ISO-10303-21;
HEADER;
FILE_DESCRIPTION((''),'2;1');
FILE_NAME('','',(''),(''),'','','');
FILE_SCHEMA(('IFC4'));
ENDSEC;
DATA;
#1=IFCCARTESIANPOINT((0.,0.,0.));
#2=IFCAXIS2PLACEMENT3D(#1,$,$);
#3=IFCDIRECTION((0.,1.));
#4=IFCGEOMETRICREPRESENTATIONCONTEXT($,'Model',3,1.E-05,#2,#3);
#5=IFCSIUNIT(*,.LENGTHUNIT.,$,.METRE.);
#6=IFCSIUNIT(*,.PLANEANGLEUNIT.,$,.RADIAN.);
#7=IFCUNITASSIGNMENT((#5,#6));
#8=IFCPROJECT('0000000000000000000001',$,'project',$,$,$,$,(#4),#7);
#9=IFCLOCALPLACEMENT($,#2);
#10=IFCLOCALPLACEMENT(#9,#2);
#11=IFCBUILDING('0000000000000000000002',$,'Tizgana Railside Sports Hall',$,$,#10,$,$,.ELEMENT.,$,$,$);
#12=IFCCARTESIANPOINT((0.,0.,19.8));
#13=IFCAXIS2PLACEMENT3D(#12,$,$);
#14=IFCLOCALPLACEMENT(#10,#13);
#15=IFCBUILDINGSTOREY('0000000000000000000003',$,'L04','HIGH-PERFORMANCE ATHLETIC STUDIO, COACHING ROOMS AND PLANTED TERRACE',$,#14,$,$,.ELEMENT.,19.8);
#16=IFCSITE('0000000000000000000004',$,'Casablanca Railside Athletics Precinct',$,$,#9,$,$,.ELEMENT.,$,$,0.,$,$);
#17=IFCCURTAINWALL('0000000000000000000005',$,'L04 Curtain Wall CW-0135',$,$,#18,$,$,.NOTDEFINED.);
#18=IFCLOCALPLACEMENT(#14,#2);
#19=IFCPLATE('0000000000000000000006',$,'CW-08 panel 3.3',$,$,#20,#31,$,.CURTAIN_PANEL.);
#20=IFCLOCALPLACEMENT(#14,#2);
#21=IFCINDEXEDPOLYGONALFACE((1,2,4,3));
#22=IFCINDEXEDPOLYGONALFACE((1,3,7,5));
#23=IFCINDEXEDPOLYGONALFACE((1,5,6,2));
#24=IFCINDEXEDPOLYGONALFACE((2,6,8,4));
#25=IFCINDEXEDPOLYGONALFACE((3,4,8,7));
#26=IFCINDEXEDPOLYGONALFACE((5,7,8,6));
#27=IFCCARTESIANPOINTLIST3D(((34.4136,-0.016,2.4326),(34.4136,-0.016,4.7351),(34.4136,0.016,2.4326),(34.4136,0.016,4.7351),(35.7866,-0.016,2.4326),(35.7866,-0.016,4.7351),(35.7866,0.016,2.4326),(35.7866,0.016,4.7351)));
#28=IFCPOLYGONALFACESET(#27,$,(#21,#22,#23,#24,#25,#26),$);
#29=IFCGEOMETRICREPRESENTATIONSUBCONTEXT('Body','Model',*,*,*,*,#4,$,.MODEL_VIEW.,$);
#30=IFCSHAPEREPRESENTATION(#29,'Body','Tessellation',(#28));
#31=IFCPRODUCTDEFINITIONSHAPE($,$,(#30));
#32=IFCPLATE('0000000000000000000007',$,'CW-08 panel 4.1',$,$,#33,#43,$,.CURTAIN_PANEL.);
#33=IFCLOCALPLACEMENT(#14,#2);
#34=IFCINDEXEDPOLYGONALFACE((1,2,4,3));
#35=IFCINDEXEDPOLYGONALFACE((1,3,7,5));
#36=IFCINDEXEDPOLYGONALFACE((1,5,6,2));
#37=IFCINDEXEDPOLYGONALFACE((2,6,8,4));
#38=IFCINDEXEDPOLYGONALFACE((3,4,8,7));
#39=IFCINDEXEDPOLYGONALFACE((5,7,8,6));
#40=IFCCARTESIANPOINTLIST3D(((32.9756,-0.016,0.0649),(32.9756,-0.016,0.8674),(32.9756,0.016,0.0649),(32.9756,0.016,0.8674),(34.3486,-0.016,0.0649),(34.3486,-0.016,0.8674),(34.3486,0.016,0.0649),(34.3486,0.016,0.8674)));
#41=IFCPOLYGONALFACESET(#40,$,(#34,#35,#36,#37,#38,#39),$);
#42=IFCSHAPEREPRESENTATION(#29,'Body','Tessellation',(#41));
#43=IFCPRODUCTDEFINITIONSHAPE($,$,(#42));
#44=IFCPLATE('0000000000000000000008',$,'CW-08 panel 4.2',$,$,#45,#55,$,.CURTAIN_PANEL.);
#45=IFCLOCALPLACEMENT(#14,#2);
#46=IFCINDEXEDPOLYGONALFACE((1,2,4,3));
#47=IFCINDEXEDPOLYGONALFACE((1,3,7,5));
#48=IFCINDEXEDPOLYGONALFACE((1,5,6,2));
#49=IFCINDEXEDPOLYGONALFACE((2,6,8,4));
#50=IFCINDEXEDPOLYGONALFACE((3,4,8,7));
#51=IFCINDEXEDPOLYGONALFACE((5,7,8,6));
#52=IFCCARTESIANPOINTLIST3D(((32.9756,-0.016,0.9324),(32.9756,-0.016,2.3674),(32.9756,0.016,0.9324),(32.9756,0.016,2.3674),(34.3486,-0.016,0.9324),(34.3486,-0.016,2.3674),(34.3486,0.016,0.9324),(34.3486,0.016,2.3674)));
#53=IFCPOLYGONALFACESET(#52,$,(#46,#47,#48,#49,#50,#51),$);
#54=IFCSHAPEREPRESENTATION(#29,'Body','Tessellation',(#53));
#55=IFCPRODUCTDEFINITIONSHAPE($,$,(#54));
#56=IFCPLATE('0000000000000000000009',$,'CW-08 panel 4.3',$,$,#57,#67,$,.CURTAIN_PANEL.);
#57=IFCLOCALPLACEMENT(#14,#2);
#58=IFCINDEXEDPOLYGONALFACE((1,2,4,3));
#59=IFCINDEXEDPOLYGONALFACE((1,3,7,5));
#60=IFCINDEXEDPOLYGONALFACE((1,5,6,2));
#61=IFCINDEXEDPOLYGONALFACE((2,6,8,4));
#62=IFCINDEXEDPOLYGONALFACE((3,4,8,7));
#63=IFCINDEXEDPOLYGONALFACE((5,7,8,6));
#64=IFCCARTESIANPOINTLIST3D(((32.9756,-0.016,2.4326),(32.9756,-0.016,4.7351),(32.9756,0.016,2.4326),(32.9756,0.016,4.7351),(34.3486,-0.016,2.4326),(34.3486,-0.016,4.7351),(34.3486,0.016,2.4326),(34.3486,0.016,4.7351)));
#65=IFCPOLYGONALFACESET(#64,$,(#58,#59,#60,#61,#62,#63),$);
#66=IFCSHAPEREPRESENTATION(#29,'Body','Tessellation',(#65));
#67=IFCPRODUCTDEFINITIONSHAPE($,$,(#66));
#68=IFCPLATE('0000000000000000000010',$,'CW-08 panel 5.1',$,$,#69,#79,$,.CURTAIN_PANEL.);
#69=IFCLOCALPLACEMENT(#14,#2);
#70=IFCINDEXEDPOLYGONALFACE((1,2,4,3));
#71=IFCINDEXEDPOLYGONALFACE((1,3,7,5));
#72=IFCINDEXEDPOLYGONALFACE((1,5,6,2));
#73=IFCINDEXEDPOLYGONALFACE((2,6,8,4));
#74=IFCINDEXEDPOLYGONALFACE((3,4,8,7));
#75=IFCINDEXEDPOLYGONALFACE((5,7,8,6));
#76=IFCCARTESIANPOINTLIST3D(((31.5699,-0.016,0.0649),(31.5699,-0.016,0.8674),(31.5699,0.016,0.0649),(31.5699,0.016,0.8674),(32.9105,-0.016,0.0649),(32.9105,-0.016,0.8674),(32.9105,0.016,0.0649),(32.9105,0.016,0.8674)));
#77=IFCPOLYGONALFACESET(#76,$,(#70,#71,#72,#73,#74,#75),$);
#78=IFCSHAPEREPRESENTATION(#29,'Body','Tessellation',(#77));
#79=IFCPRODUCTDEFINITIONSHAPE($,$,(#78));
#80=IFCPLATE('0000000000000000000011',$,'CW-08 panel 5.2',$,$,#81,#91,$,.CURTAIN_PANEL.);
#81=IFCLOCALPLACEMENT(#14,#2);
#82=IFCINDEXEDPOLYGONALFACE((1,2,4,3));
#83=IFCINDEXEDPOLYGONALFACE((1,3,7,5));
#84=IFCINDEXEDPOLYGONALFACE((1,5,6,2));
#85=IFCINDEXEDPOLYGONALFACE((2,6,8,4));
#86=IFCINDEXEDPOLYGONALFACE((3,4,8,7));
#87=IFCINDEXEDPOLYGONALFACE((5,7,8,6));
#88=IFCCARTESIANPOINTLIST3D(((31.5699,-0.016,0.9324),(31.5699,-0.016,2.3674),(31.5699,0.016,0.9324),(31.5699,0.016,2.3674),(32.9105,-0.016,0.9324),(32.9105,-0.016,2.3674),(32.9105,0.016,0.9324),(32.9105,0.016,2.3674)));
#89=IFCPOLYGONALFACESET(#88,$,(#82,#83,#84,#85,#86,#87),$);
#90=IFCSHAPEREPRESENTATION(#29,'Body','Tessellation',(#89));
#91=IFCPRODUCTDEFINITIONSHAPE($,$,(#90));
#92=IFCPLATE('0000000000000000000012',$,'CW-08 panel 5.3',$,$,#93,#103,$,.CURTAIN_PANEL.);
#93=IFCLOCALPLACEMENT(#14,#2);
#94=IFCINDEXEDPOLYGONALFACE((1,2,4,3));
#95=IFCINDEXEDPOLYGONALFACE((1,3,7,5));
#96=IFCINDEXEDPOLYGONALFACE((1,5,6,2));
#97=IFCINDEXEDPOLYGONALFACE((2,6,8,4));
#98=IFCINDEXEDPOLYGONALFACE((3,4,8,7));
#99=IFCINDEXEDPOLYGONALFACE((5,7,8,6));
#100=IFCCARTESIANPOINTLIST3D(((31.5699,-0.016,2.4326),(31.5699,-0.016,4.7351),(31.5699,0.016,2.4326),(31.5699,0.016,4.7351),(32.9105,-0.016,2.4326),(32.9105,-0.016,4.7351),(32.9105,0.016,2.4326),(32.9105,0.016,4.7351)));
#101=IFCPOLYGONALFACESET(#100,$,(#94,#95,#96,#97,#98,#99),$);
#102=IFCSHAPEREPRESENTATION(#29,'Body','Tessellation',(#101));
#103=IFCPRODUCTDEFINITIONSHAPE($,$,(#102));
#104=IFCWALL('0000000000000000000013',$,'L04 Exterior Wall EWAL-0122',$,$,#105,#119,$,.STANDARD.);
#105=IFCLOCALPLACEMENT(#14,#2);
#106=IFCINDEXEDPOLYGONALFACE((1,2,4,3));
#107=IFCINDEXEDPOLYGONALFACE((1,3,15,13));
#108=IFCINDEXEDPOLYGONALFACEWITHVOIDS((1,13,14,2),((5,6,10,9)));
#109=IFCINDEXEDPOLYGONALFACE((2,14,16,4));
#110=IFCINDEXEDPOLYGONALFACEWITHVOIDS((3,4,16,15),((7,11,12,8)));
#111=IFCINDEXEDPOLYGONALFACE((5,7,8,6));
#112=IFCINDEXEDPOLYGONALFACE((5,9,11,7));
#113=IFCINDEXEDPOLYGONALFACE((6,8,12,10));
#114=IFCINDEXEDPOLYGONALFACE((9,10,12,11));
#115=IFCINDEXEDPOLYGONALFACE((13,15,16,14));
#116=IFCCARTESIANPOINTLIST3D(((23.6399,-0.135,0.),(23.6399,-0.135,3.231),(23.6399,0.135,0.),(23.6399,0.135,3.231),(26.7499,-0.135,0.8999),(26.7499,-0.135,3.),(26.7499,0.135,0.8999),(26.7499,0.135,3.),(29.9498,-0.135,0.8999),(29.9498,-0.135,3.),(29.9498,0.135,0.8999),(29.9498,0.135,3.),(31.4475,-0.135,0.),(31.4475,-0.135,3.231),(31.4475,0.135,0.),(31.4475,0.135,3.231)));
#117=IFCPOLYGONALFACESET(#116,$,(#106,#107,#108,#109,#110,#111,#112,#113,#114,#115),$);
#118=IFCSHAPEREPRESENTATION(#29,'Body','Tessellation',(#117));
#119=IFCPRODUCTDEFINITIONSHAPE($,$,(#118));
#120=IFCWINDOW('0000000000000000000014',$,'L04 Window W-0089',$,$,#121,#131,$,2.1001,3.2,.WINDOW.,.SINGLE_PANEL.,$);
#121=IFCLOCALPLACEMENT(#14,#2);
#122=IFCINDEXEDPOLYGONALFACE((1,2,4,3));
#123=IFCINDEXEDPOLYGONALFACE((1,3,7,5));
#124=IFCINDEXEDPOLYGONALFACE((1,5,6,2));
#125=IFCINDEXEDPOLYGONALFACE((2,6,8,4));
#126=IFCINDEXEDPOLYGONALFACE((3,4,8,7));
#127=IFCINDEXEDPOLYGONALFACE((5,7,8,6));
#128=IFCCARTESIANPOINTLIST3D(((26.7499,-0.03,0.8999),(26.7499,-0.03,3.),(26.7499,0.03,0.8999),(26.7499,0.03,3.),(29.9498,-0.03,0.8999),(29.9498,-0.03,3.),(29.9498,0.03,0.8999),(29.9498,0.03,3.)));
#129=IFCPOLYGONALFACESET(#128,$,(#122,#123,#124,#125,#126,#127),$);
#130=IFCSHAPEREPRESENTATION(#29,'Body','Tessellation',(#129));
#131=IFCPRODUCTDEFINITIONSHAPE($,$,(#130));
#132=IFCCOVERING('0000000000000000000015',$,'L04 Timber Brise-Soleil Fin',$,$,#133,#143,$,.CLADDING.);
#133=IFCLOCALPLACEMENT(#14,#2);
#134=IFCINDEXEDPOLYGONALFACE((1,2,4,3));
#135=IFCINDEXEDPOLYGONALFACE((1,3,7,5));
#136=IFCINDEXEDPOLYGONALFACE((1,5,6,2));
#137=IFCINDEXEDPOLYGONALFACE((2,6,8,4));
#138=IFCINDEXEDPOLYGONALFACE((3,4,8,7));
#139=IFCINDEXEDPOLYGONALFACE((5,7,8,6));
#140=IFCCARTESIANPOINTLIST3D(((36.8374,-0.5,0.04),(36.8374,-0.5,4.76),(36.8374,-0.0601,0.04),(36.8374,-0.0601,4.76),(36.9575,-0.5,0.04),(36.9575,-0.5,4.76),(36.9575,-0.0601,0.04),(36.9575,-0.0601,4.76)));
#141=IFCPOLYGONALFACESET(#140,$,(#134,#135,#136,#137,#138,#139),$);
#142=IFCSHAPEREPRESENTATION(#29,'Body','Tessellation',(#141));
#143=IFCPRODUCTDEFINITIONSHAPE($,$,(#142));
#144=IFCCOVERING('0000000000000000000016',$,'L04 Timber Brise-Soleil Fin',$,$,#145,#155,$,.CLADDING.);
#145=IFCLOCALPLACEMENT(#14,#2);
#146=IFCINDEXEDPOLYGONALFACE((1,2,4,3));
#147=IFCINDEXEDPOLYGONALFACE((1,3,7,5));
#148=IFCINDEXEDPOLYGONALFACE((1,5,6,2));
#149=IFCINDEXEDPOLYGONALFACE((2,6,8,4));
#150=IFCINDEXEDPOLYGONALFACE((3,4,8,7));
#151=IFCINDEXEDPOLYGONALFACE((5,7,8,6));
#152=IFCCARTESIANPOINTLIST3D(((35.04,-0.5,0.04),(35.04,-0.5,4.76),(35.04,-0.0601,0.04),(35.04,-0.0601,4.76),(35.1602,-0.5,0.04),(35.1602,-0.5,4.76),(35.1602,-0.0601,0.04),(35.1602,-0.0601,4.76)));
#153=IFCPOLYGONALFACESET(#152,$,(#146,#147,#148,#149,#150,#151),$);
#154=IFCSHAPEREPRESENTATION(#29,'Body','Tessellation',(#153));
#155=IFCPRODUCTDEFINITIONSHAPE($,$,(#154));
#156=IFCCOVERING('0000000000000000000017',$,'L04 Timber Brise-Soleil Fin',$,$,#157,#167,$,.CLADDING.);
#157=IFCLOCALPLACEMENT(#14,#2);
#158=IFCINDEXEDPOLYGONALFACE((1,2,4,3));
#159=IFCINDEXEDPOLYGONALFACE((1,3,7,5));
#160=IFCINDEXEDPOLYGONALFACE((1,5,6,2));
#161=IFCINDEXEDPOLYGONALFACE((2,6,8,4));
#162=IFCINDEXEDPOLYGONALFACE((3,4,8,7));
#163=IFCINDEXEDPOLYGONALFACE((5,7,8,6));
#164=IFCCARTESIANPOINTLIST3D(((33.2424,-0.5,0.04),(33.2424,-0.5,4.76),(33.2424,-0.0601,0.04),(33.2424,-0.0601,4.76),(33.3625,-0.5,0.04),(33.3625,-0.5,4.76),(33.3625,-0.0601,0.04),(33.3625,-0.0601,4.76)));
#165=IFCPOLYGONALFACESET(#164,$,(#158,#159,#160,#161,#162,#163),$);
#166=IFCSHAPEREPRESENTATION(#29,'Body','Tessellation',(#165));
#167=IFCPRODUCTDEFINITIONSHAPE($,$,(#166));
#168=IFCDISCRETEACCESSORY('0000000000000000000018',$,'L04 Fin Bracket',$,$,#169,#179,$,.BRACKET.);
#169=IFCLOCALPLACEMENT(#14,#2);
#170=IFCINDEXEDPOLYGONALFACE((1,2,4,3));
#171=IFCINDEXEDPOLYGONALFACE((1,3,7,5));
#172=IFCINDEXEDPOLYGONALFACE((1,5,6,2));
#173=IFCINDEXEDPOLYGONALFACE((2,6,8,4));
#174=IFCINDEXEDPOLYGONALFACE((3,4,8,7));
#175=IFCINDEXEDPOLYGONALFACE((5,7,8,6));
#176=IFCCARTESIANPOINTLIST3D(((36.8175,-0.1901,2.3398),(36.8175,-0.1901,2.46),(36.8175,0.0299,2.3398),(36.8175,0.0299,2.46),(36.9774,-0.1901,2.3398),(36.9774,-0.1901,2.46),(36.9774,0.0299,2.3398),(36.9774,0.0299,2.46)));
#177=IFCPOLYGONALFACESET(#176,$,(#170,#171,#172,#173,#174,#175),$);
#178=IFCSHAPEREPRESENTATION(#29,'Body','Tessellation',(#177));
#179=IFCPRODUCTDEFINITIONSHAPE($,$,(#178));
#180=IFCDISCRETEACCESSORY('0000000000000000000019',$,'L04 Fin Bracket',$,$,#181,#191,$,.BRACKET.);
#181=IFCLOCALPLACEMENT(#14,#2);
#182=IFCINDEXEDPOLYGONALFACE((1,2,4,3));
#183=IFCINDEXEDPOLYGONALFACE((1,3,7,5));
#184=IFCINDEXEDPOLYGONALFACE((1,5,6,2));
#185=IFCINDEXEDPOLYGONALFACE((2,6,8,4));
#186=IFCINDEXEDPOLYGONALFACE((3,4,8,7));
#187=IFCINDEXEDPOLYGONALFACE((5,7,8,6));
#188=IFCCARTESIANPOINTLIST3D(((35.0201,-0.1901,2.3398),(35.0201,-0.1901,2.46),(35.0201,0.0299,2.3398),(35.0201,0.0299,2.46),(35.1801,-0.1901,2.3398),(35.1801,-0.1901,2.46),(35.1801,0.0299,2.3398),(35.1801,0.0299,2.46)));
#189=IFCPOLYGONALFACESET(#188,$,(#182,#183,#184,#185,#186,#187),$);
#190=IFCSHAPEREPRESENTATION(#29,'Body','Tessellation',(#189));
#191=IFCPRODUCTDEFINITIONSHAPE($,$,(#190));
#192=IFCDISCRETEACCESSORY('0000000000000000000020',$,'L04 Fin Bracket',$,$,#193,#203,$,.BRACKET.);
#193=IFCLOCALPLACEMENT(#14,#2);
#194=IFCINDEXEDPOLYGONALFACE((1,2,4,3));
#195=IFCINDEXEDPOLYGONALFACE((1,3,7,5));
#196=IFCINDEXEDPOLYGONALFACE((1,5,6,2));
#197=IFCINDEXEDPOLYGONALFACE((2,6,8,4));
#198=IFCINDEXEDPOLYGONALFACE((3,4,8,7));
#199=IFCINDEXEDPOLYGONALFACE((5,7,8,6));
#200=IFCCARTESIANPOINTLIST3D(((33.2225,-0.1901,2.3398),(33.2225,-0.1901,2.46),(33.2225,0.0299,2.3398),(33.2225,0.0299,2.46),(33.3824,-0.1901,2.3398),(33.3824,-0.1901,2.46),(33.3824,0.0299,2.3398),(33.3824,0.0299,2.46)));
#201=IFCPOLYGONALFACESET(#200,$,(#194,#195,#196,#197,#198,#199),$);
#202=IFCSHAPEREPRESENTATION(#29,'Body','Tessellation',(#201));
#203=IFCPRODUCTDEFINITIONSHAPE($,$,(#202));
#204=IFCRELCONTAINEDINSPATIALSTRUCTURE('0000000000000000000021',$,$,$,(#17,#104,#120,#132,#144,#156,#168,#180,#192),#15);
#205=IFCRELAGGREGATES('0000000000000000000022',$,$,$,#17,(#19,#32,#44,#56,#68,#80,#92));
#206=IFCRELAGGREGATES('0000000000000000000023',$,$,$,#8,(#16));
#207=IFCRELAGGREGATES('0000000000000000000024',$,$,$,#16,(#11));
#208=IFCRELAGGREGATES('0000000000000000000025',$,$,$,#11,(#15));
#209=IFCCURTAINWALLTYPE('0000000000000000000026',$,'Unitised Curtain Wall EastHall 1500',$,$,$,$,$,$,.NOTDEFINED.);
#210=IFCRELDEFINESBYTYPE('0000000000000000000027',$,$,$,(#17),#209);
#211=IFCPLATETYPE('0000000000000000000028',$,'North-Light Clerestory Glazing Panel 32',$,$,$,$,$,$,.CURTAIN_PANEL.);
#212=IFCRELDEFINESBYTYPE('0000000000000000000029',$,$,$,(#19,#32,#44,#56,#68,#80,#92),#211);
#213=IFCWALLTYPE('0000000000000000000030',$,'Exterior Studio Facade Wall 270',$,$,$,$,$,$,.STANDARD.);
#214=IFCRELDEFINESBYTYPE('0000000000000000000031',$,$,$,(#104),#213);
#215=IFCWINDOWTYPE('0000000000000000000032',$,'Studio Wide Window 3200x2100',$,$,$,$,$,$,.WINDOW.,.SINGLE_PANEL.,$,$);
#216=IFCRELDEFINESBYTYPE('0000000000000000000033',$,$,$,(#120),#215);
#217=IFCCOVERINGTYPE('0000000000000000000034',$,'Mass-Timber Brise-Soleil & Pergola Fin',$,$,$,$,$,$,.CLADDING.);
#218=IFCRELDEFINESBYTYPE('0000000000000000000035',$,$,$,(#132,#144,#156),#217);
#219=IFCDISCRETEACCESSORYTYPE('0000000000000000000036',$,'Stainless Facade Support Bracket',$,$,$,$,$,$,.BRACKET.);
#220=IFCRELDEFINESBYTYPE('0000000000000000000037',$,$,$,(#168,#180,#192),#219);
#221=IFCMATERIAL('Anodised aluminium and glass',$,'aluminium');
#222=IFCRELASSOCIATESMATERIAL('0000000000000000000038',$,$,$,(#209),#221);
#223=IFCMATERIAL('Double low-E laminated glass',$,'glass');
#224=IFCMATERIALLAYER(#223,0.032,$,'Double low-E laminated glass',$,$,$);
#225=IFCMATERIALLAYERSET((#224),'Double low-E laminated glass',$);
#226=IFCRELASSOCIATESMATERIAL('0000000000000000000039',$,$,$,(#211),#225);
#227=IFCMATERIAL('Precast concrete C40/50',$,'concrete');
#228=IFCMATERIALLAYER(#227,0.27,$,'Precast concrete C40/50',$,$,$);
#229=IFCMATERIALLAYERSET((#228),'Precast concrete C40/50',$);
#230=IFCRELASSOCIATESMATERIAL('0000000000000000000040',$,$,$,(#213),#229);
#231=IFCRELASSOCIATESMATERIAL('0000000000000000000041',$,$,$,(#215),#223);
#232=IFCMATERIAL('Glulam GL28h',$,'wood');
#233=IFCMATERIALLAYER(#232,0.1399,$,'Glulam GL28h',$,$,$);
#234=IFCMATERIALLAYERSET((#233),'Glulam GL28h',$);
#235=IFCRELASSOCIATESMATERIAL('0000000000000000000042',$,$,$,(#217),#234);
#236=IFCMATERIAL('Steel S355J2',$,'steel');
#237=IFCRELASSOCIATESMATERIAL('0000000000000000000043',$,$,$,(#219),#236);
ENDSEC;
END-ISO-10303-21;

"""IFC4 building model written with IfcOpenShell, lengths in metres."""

from ifc_helpers import new_model, si_unit, direction, frame, frame_2d, origin, origin_2d, place, context, subcontext, project, spatial, rectangle, extrude, material, layer, layer_set, type_object, element, fill, aggregate, save


model = new_model("IFC4")

# Units and contexts
model_context = context("Model", 3, precision=1e-05, world=origin(), true_north=direction((0.0, 1.0)))
body_context = subcontext(model_context, "Body", "Model", "MODEL_VIEW")
ifc_project = project(units=[si_unit("LENGTHUNIT", "METRE"), si_unit("PLANEANGLEUNIT", "RADIAN")], contexts=[model_context])

# Site, building, storey
site_placement = place(None, origin())
site = spatial("IfcSite", under=ifc_project, at=site_placement, Name="Casablanca Railside Athletics Precinct", CompositionType="ELEMENT", RefElevation=0.0)
building_placement = place(site_placement, origin())
building = spatial("IfcBuilding", under=site, at=building_placement, Name="Tizgana Railside Sports Hall", CompositionType="ELEMENT")
storey_placement = place(building_placement, frame((0.0, 0.0, 19.8)))
storey = spatial("IfcBuildingStorey", under=building, at=storey_placement, Name="L04", Description="HIGH-PERFORMANCE ATHLETIC STUDIO, COACHING ROOMS AND PLANTED TERRACE", CompositionType="ELEMENT", Elevation=19.8)

# Curtain wall
ifc_material_1 = material(Name="Anodised aluminium and glass", Category="aluminium")
curtain_wall_type = type_object("IfcCurtainWallType", Name="Unitised Curtain Wall EastHall 1500", PredefinedType="NOTDEFINED", material=ifc_material_1)
curtain_wall_placement = place(storey_placement, origin())
curtain_wall = element("IfcCurtainWall", 1, at=curtain_wall_placement, inside=storey, type_object=curtain_wall_type, Name="L04 Curtain Wall CW-0135", PredefinedType="NOTDEFINED")

# Shared definitions
ifc_material_2 = material(Name="Steel S355J2", Category="steel")

# Plates
ifc_material_3 = material(Name="Double low-E laminated glass", Category="glass")
ifc_layer_1 = layer(ifc_material_3, 0.032, Name="Double low-E laminated glass")
ifc_layer_set_1 = layer_set([ifc_layer_1], Name="Double low-E laminated glass")
plate_type = type_object("IfcPlateType", Name="North-Light Clerestory Glazing Panel 32", PredefinedType="CURTAIN_PANEL", material=ifc_layer_set_1)
plate_1_placement = place(storey_placement, frame((35.1001, 0.0, 2.4326), z_axis=(0.0, 0.0, 1.0), x_axis=(-1.0, 0.0, 0.0)))
plate_1 = element("IfcPlate", 2, at=plate_1_placement, type_object=plate_type, Name="CW-08 panel 3.3", PredefinedType="CURTAIN_PANEL", context=body_context, shape_type="SweptSolid", body=[
    extrude(rectangle(XDim=1.373, YDim=0.032, at=origin_2d()), origin(), (0.0, 0.0, 1.0), 2.3025),
])
plate_2_placement = place(storey_placement, frame((33.6621, 0.0, 0.0649), z_axis=(0.0, 0.0, 1.0), x_axis=(-1.0, 0.0, 0.0)))
plate_2 = element("IfcPlate", 3, at=plate_2_placement, type_object=plate_type, Name="CW-08 panel 4.1", PredefinedType="CURTAIN_PANEL", context=body_context, shape_type="SweptSolid", body=[
    extrude(rectangle(XDim=1.373, YDim=0.032, at=origin_2d()), origin(), (0.0, 0.0, 1.0), 0.8025),
])
plate_3_placement = place(storey_placement, frame((33.6621, 0.0, 0.9324), z_axis=(0.0, 0.0, 1.0), x_axis=(-1.0, 0.0, 0.0)))
plate_3 = element("IfcPlate", 4, at=plate_3_placement, type_object=plate_type, Name="CW-08 panel 4.2", PredefinedType="CURTAIN_PANEL", context=body_context, shape_type="SweptSolid", body=[
    extrude(rectangle(XDim=1.373, YDim=0.032, at=origin_2d()), origin(), (0.0, 0.0, 1.0), 1.4351),
])
plate_4_placement = place(storey_placement, frame((33.6621, 0.0, 2.4326), z_axis=(0.0, 0.0, 1.0), x_axis=(-1.0, 0.0, 0.0)))
plate_4 = element("IfcPlate", 5, at=plate_4_placement, type_object=plate_type, Name="CW-08 panel 4.3", PredefinedType="CURTAIN_PANEL", context=body_context, shape_type="SweptSolid", body=[
    extrude(rectangle(XDim=1.373, YDim=0.032, at=origin_2d()), origin(), (0.0, 0.0, 1.0), 2.3025),
])
plate_5_placement = place(storey_placement, frame((32.2402, 0.0, 0.0649), z_axis=(0.0, 0.0, 1.0), x_axis=(-1.0, 0.0, 0.0)))
plate_5 = element("IfcPlate", 6, at=plate_5_placement, type_object=plate_type, Name="CW-08 panel 5.1", PredefinedType="CURTAIN_PANEL", context=body_context, shape_type="SweptSolid", body=[
    extrude(rectangle(XDim=1.3406, YDim=0.032, at=origin_2d()), origin(), (0.0, 0.0, 1.0), 0.8025),
])
plate_6_placement = place(storey_placement, frame((32.2402, 0.0, 0.9324), z_axis=(0.0, 0.0, 1.0), x_axis=(-1.0, 0.0, 0.0)))
plate_6 = element("IfcPlate", 7, at=plate_6_placement, type_object=plate_type, Name="CW-08 panel 5.2", PredefinedType="CURTAIN_PANEL", context=body_context, shape_type="SweptSolid", body=[
    extrude(rectangle(XDim=1.3406, YDim=0.032, at=origin_2d()), origin(), (0.0, 0.0, 1.0), 1.4351),
])
plate_7_placement = place(storey_placement, frame((32.2402, 0.0, 2.4326), z_axis=(0.0, 0.0, 1.0), x_axis=(-1.0, 0.0, 0.0)))
plate_7 = element("IfcPlate", 8, at=plate_7_placement, type_object=plate_type, Name="CW-08 panel 5.3", PredefinedType="CURTAIN_PANEL", context=body_context, shape_type="SweptSolid", body=[
    extrude(rectangle(XDim=1.3406, YDim=0.032, at=origin_2d()), origin(), (0.0, 0.0, 1.0), 2.3025),
])
aggregate(curtain_wall, [plate_1, plate_2, plate_3, plate_4, plate_5, plate_6, plate_7])

# Wall, opening, window
ifc_material_4 = material(Name="Precast concrete C40/50", Category="concrete")
ifc_layer_2 = layer(ifc_material_4, 0.27, Name="Precast concrete C40/50")
ifc_layer_set_2 = layer_set([ifc_layer_2], Name="Precast concrete C40/50")
wall_type = type_object("IfcWallType", Name="Exterior Studio Facade Wall 270", PredefinedType="STANDARD", material=ifc_layer_set_2)
wall_placement = place(storey_placement, frame((31.4475, 0.0, 0.0), z_axis=(0.0, 0.0, 1.0), x_axis=(-1.0, 0.0, 0.0)))
wall = element("IfcWall", 9, at=wall_placement, inside=storey, type_object=wall_type, Name="L04 Exterior Wall EWAL-0122", PredefinedType="STANDARD", context=body_context, shape_type="SweptSolid", body=[
    extrude(rectangle(XDim=7.8076, YDim=0.27, at=frame_2d((3.9038, 0.0))), origin(), (0.0, 0.0, 1.0), 3.231),
])
opening_placement = place(wall_placement, frame((1.4976, 0.0, 0.8999)))
opening = element("IfcOpeningElement", 10, at=opening_placement, cuts=wall, PredefinedType="OPENING", context=body_context, shape_type="SweptSolid", body=[
    extrude(rectangle(XDim=3.2, YDim=2.1001, at=frame_2d((1.6001, 1.05))), frame((0.0, 0.145, 0.0), z_axis=(0.0, -1.0, 0.0), x_axis=(1.0, 0.0, 0.0)), (0.0, 0.0, 1.0), 0.29),
])
window_type = type_object("IfcWindowType", Name="Studio Wide Window 3200x2100", PartitioningType="SINGLE_PANEL", PredefinedType="WINDOW", material=ifc_material_3)
window_placement = place(opening_placement, origin())
window = element("IfcWindow", 11, at=window_placement, inside=storey, type_object=window_type, Name="L04 Window W-0089", OverallHeight=2.1001, OverallWidth=3.2, PartitioningType="SINGLE_PANEL", PredefinedType="WINDOW", context=body_context, shape_type="SweptSolid", body=[
    extrude(rectangle(XDim=3.2, YDim=2.1001, at=frame_2d((1.6001, 1.05))), frame((0.0, 0.03, 0.0), z_axis=(0.0, -1.0, 0.0), x_axis=(1.0, 0.0, 0.0)), (0.0, 0.0, 1.0), 0.0601),
])
fill(opening, window)

# Coverings
ifc_material_5 = material(Name="Glulam GL28h", Category="wood")
ifc_layer_3 = layer(ifc_material_5, 0.1399, Name="Glulam GL28h")
ifc_layer_set_3 = layer_set([ifc_layer_3], Name="Glulam GL28h")
covering_type = type_object("IfcCoveringType", Name="Mass-Timber Brise-Soleil & Pergola Fin", PredefinedType="CLADDING", material=ifc_layer_set_3)
for number, where, z_axis, x_axis, name in (
    (12, (36.8975, -0.28, 0.04), (0.0, 0.0, 1.0), (-1.0, 0.0, 0.0), "L04 Timber Brise-Soleil Fin"),
    (13, (35.1001, -0.28, 0.04), (0.0, 0.0, 1.0), (-1.0, 0.0, 0.0), "L04 Timber Brise-Soleil Fin"),
    (14, (33.3025, -0.28, 0.04), (0.0, 0.0, 1.0), (-1.0, 0.0, 0.0), "L04 Timber Brise-Soleil Fin"),
):
    element("IfcCovering", number, at=place(storey_placement, frame(where, z_axis=z_axis, x_axis=x_axis)), inside=storey, type_object=covering_type, Name=name, PredefinedType="CLADDING", context=body_context, shape_type="SweptSolid", body=[
        extrude(rectangle(XDim=0.1201, YDim=0.4399, at=origin_2d()), origin(), (0.0, 0.0, 1.0), 4.72),
    ])

# Discrete accessories
discrete_accessory_type = type_object("IfcDiscreteAccessoryType", Name="Stainless Facade Support Bracket", PredefinedType="BRACKET", material=ifc_material_2)
for number, where, z_axis, x_axis, name in (
    (15, (36.8975, -0.0801, 2.3398), (0.0, 0.0, 1.0), (-1.0, 0.0, 0.0), "L04 Fin Bracket"),
    (16, (35.1001, -0.0801, 2.3398), (0.0, 0.0, 1.0), (-1.0, 0.0, 0.0), "L04 Fin Bracket"),
    (17, (33.3025, -0.0801, 2.3398), (0.0, 0.0, 1.0), (-1.0, 0.0, 0.0), "L04 Fin Bracket"),
):
    element("IfcDiscreteAccessory", number, at=place(storey_placement, frame(where, z_axis=z_axis, x_axis=x_axis)), inside=storey, type_object=discrete_accessory_type, Name=name, PredefinedType="BRACKET", context=body_context, shape_type="SweptSolid", body=[
        extrude(rectangle(XDim=0.1599, YDim=0.22, at=origin_2d()), origin(), (0.0, 0.0, 1.0), 0.1201),
    ])

save(model, "model.ifc")
